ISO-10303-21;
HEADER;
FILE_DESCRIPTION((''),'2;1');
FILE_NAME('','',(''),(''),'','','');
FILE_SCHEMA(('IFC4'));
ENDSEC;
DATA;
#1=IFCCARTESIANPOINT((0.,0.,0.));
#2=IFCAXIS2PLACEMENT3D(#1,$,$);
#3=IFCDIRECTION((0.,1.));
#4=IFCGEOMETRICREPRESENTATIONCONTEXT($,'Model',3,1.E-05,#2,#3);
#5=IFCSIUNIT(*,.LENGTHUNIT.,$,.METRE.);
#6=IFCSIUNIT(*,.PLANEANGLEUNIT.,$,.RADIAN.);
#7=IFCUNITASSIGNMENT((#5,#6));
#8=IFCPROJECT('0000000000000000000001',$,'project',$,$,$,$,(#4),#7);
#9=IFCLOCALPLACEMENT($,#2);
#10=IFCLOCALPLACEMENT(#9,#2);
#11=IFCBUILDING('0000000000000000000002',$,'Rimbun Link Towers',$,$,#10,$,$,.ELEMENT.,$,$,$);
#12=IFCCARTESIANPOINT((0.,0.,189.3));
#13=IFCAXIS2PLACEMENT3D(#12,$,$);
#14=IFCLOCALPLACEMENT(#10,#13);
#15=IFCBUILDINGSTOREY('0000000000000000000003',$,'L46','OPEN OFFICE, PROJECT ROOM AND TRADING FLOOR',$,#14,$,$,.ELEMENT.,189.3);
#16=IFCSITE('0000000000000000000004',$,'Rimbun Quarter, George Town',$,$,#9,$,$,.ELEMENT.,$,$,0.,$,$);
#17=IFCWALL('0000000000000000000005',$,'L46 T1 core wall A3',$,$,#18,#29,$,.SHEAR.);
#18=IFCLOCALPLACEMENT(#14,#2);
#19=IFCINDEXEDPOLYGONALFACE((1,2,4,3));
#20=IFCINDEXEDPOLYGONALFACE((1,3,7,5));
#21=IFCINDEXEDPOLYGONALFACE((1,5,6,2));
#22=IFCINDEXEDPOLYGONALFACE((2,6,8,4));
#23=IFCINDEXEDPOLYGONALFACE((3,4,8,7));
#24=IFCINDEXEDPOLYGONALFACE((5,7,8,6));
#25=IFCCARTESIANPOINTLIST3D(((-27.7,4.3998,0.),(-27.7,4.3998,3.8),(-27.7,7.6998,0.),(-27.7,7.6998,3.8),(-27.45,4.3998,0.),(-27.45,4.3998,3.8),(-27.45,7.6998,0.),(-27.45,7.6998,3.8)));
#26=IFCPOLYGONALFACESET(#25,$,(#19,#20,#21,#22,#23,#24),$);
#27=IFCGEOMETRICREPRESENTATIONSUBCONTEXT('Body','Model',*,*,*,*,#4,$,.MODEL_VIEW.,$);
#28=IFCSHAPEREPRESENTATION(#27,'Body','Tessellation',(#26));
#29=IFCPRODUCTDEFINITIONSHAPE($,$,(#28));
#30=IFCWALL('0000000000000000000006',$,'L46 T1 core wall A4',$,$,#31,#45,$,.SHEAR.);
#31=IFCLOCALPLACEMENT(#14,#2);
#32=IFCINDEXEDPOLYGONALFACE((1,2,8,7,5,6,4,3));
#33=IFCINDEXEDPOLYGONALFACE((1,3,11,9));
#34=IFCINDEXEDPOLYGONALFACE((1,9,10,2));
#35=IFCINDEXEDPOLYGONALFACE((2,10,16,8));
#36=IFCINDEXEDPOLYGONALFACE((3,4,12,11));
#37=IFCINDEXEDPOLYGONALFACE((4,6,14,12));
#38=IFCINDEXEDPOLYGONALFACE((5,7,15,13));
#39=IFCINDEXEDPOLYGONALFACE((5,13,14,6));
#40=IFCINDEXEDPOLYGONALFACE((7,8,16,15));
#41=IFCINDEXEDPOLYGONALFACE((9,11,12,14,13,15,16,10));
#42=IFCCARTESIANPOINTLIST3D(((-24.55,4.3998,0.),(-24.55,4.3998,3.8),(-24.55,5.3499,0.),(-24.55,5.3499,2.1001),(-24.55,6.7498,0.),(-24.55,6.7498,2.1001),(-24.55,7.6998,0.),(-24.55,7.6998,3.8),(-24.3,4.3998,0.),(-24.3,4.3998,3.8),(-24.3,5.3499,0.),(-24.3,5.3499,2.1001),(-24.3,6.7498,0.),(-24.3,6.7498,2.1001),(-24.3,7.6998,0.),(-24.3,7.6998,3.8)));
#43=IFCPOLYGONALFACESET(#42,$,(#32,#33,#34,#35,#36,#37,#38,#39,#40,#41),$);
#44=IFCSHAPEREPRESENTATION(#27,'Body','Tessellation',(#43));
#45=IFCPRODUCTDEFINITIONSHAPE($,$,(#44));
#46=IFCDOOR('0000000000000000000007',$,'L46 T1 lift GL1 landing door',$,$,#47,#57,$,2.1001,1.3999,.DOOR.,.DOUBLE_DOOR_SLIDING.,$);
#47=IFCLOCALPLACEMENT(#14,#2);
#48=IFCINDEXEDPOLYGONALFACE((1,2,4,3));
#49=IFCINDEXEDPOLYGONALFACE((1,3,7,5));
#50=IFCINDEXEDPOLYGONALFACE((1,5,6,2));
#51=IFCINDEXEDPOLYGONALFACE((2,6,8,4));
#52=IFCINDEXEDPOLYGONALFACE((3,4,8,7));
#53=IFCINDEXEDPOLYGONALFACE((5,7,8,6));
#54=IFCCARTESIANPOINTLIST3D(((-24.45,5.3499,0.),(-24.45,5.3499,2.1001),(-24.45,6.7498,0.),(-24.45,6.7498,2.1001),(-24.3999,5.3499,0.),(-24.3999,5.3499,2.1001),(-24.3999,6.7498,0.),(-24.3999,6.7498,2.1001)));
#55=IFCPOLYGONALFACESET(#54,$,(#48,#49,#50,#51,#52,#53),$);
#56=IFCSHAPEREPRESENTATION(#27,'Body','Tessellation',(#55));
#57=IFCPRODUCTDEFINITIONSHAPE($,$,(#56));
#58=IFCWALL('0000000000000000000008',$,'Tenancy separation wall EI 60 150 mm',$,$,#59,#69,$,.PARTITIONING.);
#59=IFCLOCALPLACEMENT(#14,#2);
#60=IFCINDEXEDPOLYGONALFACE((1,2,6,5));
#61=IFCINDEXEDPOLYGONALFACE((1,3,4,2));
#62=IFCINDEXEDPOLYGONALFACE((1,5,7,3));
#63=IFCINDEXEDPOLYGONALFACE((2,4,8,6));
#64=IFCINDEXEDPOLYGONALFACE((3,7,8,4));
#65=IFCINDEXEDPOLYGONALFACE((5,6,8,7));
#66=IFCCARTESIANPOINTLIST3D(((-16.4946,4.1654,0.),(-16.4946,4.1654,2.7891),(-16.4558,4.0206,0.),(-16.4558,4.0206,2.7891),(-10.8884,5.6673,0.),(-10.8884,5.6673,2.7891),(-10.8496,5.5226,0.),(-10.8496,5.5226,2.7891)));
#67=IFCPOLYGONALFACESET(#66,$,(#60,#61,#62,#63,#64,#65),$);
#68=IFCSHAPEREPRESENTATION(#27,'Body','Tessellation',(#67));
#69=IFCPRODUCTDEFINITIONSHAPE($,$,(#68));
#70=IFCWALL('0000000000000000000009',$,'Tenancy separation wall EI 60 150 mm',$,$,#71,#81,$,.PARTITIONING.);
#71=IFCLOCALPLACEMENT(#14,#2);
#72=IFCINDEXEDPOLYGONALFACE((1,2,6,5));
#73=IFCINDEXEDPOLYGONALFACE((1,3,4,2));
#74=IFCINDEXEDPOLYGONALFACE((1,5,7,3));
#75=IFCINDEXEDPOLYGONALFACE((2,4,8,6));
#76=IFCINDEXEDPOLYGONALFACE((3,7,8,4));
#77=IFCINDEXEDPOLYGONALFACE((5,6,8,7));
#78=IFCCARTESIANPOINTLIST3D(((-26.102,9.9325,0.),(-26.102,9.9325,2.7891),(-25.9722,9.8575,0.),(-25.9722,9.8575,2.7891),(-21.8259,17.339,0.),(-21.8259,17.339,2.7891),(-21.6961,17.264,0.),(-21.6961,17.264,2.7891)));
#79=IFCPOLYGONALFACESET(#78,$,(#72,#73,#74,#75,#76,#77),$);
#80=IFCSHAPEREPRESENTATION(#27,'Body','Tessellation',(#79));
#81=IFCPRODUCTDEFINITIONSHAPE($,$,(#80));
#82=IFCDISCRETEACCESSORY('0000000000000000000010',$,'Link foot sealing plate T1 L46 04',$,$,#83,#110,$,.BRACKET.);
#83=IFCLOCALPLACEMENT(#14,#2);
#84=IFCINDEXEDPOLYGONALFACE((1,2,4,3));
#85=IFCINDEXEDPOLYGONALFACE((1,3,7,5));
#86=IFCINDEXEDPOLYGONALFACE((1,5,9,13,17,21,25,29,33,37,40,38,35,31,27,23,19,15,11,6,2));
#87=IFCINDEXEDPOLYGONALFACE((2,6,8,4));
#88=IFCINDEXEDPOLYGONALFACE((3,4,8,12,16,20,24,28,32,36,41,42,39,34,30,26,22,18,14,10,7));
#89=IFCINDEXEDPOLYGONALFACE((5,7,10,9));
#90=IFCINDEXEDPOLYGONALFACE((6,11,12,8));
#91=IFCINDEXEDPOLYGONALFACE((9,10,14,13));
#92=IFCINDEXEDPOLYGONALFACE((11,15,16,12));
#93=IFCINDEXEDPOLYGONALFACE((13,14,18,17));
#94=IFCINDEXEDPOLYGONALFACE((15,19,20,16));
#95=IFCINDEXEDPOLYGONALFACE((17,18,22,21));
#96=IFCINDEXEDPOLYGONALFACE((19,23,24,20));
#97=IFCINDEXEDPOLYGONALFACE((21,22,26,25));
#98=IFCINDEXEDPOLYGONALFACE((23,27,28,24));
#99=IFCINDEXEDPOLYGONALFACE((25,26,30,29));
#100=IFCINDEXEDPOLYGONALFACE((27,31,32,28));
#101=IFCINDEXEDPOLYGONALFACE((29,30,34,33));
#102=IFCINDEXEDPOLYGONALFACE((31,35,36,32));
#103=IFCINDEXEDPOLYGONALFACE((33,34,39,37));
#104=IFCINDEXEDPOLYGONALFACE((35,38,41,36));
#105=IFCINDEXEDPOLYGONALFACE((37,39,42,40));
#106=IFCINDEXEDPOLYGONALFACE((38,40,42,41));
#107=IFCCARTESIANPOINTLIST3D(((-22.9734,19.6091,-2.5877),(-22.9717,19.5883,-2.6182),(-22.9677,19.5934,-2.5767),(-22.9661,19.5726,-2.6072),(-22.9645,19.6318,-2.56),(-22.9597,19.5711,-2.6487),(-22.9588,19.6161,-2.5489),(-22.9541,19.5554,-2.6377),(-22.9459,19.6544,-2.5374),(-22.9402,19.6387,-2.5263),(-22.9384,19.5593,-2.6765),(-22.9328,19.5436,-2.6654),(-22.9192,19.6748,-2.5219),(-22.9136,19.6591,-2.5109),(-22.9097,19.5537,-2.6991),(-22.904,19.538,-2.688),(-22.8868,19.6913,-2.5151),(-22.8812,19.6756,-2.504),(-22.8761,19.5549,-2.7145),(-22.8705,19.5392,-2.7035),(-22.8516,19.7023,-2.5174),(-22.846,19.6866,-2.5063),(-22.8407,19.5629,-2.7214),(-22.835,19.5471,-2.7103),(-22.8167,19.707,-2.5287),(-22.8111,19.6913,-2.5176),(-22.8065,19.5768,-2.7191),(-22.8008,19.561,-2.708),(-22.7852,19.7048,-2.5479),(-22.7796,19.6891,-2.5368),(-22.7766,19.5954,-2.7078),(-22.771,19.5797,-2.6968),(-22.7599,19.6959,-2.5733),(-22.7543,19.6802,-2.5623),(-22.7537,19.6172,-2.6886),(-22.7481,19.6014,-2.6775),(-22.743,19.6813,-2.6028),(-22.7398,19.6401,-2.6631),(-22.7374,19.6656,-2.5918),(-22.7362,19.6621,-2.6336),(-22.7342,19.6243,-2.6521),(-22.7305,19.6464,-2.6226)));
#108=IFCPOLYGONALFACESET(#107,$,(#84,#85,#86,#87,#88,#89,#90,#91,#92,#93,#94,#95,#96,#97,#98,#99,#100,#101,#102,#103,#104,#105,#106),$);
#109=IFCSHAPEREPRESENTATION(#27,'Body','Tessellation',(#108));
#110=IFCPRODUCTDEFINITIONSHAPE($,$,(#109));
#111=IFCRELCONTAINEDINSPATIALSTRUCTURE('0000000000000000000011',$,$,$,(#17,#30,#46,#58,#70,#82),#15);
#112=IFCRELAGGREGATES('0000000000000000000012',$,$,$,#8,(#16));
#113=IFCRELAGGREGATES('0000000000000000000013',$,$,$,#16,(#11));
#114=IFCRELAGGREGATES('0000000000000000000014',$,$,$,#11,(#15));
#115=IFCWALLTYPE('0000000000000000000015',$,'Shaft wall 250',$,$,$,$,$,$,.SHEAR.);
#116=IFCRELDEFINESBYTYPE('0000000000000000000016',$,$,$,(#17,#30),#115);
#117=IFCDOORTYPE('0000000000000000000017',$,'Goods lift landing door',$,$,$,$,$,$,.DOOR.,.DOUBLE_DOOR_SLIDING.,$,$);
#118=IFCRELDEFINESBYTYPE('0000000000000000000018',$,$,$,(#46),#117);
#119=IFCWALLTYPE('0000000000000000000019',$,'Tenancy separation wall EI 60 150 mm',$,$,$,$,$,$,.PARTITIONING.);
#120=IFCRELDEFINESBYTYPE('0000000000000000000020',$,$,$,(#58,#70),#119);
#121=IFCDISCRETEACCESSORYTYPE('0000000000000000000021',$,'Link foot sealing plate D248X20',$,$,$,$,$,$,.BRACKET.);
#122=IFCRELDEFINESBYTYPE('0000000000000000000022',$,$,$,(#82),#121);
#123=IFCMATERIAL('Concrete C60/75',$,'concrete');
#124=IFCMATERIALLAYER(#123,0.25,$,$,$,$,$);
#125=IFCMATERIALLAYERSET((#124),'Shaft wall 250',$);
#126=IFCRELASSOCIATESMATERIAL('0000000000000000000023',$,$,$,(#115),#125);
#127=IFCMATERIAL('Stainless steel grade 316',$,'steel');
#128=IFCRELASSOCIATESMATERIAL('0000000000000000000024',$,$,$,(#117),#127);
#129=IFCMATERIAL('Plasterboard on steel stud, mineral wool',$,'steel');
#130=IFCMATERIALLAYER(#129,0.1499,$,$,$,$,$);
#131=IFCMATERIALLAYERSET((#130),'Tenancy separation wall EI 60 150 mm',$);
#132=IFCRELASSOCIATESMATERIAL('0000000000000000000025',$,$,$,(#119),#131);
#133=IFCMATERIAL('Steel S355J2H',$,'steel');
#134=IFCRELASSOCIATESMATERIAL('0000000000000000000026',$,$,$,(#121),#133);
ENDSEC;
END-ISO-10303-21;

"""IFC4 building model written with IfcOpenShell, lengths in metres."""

from ifc_helpers import new_model, si_unit, direction, frame, frame_2d, origin, origin_2d, place, context, subcontext, project, spatial, rectangle, circle, extrude, material, layer, layer_set, material_profile, profile_set, type_object, element, fill, save


model = new_model("IFC4")

# Units and contexts
model_context = context("Model", 3, precision=1e-05, world=origin(), true_north=direction((0.0, 1.0)))
body_context = subcontext(model_context, "Body", "Model", "MODEL_VIEW")
ifc_project = project(units=[si_unit("LENGTHUNIT", "METRE"), si_unit("PLANEANGLEUNIT", "RADIAN")], contexts=[model_context])

# Site, building, storey
site_placement = place(None, origin())
site = spatial("IfcSite", under=ifc_project, at=site_placement, Name="Rimbun Quarter, George Town", CompositionType="ELEMENT", RefElevation=0.0)
building_placement = place(site_placement, origin())
building = spatial("IfcBuilding", under=site, at=building_placement, Name="Rimbun Link Towers", CompositionType="ELEMENT")
storey_placement = place(building_placement, frame((0.0, 0.0, 189.3)))
storey = spatial("IfcBuildingStorey", under=building, at=storey_placement, Name="L46", Description="OPEN OFFICE, PROJECT ROOM AND TRADING FLOOR", CompositionType="ELEMENT", Elevation=189.3)

# Wall
ifc_material_1 = material(Name="Concrete C60/75", Category="concrete")
ifc_layer_1 = layer(ifc_material_1, 0.25)
ifc_layer_set_1 = layer_set([ifc_layer_1], Name="Shaft wall 250")
wall_type_1 = type_object("IfcWallType", Name="Shaft wall 250", PredefinedType="SHEAR", material=ifc_layer_set_1)
wall_1_placement = place(storey_placement, frame((-27.575, 4.3999, 0.0), z_axis=(0.0, 0.0, 1.0), x_axis=(0.0, 1.0, 0.0)))
element("IfcWall", 1, at=wall_1_placement, inside=storey, type_object=wall_type_1, Name="L46 T1 core wall A3", PredefinedType="SHEAR", context=body_context, shape_type="SweptSolid", body=[
    extrude(rectangle(XDim=3.3, YDim=0.25, at=frame_2d((1.6499, 0.0))), origin(), (0.0, 0.0, 1.0), 3.8),
])

# Wall, opening, door
wall_2_placement = place(storey_placement, frame((-24.425, 4.3999, 0.0), z_axis=(0.0, 0.0, 1.0), x_axis=(0.0, 1.0, 0.0)))
wall_2 = element("IfcWall", 2, at=wall_2_placement, inside=storey, type_object=wall_type_1, Name="L46 T1 core wall A4", PredefinedType="SHEAR", context=body_context, shape_type="SweptSolid", body=[
    extrude(rectangle(XDim=3.3, YDim=0.25, at=frame_2d((1.6499, 0.0))), origin(), (0.0, 0.0, 1.0), 3.8),
])
opening_1_placement = place(wall_2_placement, frame((0.95, 0.0, 0.0)))
opening_1 = element("IfcOpeningElement", 3, at=opening_1_placement, cuts=wall_2, PredefinedType="OPENING", context=body_context, shape_type="SweptSolid", body=[
    extrude(rectangle(XDim=1.3999, YDim=2.1001, at=frame_2d((0.7, 1.05))), frame((0.0, 0.135, 0.0), z_axis=(0.0, -1.0, 0.0), x_axis=(1.0, 0.0, 0.0)), (0.0, 0.0, 1.0), 0.27),
])
ifc_material_2 = material(Name="Stainless steel grade 316", Category="steel")
door_type_1 = type_object("IfcDoorType", Name="Goods lift landing door", OperationType="DOUBLE_DOOR_SLIDING", PredefinedType="DOOR", material=ifc_material_2)
door_1_placement = place(opening_1_placement, origin())
door_1 = element("IfcDoor", 4, at=door_1_placement, inside=storey, type_object=door_type_1, Name="L46 T1 lift GL1 landing door", OperationType="DOUBLE_DOOR_SLIDING", OverallHeight=2.1001, OverallWidth=1.3999, PredefinedType="DOOR", context=body_context, shape_type="SweptSolid", body=[
    extrude(rectangle(XDim=1.3999, YDim=2.1001, at=frame_2d((0.7, 1.05))), frame((0.0, 0.0249, 0.0), z_axis=(0.0, -1.0, 0.0), x_axis=(1.0, 0.0, 0.0)), (0.0, 0.0, 1.0), 0.05),
])
fill(opening_1, door_1)

# Walls
ifc_material_3 = material(Name="Plasterboard on steel stud, mineral wool", Category="steel")
ifc_layer_2 = layer(ifc_material_3, 0.1499)
ifc_layer_set_2 = layer_set([ifc_layer_2], Name="Tenancy separation wall EI 60 150 mm")
wall_type_2 = type_object("IfcWallType", Name="Tenancy separation wall EI 60 150 mm", PredefinedType="PARTITIONING", material=ifc_layer_set_2)
wall_3_placement = place(storey_placement, frame((-16.4751, 4.093, 0.0), z_axis=(0.0, 0.0, 1.0), x_axis=(0.965935, 0.258783, 0.0)))
element("IfcWall", 5, at=wall_3_placement, inside=storey, type_object=wall_type_2, Name="Tenancy separation wall EI 60 150 mm", PredefinedType="PARTITIONING", context=body_context, shape_type="SweptSolid", body=[
    extrude(rectangle(XDim=5.804, YDim=0.1499, at=frame_2d((2.9019, 0.0))), origin(), (0.0, 0.0, 1.0), 2.7891),
])
wall_4_placement = place(storey_placement, frame((-26.0371, 9.895, 0.0), z_axis=(0.0, 0.0, 1.0), x_axis=(0.499998, 0.866026, 0.0)))
element("IfcWall", 6, at=wall_4_placement, inside=storey, type_object=wall_type_2, Name="Tenancy separation wall EI 60 150 mm", PredefinedType="PARTITIONING", context=body_context, shape_type="SweptSolid", body=[
    extrude(rectangle(XDim=8.5522, YDim=0.1499, at=frame_2d((4.2761, 0.0))), origin(), (0.0, 0.0, 1.0), 2.7891),
])

# Discrete accessory
ifc_material_4 = material(Name="Steel S355J2H", Category="steel")
ifc_material_profile_1 = material_profile(ifc_material_4, circle(Radius=0.124, at=origin_2d()), Name="PL D248")
ifc_profile_set_1 = profile_set([ifc_material_profile_1], Name="Steel S355J2H")
discrete_accessory_type = type_object("IfcDiscreteAccessoryType", Name="Link foot sealing plate D248X20", PredefinedType="BRACKET", material=ifc_profile_set_1)
discrete_accessory_placement = place(storey_placement, frame((-22.8494, 19.6145, -2.6072), z_axis=(-0.282044, 0.784818, -0.551825), x_axis=(-0.941075, -0.338199, 0.0)))
element("IfcDiscreteAccessory", 7, at=discrete_accessory_placement, inside=storey, type_object=discrete_accessory_type, Name="Link foot sealing plate T1 L46 04", PredefinedType="BRACKET", context=body_context, shape_type="SweptSolid", body=[
    extrude(circle(Radius=0.124, at=origin_2d()), origin(), (0.0, 0.0, 1.0), 0.02),
])

save(model, "model.ifc")
